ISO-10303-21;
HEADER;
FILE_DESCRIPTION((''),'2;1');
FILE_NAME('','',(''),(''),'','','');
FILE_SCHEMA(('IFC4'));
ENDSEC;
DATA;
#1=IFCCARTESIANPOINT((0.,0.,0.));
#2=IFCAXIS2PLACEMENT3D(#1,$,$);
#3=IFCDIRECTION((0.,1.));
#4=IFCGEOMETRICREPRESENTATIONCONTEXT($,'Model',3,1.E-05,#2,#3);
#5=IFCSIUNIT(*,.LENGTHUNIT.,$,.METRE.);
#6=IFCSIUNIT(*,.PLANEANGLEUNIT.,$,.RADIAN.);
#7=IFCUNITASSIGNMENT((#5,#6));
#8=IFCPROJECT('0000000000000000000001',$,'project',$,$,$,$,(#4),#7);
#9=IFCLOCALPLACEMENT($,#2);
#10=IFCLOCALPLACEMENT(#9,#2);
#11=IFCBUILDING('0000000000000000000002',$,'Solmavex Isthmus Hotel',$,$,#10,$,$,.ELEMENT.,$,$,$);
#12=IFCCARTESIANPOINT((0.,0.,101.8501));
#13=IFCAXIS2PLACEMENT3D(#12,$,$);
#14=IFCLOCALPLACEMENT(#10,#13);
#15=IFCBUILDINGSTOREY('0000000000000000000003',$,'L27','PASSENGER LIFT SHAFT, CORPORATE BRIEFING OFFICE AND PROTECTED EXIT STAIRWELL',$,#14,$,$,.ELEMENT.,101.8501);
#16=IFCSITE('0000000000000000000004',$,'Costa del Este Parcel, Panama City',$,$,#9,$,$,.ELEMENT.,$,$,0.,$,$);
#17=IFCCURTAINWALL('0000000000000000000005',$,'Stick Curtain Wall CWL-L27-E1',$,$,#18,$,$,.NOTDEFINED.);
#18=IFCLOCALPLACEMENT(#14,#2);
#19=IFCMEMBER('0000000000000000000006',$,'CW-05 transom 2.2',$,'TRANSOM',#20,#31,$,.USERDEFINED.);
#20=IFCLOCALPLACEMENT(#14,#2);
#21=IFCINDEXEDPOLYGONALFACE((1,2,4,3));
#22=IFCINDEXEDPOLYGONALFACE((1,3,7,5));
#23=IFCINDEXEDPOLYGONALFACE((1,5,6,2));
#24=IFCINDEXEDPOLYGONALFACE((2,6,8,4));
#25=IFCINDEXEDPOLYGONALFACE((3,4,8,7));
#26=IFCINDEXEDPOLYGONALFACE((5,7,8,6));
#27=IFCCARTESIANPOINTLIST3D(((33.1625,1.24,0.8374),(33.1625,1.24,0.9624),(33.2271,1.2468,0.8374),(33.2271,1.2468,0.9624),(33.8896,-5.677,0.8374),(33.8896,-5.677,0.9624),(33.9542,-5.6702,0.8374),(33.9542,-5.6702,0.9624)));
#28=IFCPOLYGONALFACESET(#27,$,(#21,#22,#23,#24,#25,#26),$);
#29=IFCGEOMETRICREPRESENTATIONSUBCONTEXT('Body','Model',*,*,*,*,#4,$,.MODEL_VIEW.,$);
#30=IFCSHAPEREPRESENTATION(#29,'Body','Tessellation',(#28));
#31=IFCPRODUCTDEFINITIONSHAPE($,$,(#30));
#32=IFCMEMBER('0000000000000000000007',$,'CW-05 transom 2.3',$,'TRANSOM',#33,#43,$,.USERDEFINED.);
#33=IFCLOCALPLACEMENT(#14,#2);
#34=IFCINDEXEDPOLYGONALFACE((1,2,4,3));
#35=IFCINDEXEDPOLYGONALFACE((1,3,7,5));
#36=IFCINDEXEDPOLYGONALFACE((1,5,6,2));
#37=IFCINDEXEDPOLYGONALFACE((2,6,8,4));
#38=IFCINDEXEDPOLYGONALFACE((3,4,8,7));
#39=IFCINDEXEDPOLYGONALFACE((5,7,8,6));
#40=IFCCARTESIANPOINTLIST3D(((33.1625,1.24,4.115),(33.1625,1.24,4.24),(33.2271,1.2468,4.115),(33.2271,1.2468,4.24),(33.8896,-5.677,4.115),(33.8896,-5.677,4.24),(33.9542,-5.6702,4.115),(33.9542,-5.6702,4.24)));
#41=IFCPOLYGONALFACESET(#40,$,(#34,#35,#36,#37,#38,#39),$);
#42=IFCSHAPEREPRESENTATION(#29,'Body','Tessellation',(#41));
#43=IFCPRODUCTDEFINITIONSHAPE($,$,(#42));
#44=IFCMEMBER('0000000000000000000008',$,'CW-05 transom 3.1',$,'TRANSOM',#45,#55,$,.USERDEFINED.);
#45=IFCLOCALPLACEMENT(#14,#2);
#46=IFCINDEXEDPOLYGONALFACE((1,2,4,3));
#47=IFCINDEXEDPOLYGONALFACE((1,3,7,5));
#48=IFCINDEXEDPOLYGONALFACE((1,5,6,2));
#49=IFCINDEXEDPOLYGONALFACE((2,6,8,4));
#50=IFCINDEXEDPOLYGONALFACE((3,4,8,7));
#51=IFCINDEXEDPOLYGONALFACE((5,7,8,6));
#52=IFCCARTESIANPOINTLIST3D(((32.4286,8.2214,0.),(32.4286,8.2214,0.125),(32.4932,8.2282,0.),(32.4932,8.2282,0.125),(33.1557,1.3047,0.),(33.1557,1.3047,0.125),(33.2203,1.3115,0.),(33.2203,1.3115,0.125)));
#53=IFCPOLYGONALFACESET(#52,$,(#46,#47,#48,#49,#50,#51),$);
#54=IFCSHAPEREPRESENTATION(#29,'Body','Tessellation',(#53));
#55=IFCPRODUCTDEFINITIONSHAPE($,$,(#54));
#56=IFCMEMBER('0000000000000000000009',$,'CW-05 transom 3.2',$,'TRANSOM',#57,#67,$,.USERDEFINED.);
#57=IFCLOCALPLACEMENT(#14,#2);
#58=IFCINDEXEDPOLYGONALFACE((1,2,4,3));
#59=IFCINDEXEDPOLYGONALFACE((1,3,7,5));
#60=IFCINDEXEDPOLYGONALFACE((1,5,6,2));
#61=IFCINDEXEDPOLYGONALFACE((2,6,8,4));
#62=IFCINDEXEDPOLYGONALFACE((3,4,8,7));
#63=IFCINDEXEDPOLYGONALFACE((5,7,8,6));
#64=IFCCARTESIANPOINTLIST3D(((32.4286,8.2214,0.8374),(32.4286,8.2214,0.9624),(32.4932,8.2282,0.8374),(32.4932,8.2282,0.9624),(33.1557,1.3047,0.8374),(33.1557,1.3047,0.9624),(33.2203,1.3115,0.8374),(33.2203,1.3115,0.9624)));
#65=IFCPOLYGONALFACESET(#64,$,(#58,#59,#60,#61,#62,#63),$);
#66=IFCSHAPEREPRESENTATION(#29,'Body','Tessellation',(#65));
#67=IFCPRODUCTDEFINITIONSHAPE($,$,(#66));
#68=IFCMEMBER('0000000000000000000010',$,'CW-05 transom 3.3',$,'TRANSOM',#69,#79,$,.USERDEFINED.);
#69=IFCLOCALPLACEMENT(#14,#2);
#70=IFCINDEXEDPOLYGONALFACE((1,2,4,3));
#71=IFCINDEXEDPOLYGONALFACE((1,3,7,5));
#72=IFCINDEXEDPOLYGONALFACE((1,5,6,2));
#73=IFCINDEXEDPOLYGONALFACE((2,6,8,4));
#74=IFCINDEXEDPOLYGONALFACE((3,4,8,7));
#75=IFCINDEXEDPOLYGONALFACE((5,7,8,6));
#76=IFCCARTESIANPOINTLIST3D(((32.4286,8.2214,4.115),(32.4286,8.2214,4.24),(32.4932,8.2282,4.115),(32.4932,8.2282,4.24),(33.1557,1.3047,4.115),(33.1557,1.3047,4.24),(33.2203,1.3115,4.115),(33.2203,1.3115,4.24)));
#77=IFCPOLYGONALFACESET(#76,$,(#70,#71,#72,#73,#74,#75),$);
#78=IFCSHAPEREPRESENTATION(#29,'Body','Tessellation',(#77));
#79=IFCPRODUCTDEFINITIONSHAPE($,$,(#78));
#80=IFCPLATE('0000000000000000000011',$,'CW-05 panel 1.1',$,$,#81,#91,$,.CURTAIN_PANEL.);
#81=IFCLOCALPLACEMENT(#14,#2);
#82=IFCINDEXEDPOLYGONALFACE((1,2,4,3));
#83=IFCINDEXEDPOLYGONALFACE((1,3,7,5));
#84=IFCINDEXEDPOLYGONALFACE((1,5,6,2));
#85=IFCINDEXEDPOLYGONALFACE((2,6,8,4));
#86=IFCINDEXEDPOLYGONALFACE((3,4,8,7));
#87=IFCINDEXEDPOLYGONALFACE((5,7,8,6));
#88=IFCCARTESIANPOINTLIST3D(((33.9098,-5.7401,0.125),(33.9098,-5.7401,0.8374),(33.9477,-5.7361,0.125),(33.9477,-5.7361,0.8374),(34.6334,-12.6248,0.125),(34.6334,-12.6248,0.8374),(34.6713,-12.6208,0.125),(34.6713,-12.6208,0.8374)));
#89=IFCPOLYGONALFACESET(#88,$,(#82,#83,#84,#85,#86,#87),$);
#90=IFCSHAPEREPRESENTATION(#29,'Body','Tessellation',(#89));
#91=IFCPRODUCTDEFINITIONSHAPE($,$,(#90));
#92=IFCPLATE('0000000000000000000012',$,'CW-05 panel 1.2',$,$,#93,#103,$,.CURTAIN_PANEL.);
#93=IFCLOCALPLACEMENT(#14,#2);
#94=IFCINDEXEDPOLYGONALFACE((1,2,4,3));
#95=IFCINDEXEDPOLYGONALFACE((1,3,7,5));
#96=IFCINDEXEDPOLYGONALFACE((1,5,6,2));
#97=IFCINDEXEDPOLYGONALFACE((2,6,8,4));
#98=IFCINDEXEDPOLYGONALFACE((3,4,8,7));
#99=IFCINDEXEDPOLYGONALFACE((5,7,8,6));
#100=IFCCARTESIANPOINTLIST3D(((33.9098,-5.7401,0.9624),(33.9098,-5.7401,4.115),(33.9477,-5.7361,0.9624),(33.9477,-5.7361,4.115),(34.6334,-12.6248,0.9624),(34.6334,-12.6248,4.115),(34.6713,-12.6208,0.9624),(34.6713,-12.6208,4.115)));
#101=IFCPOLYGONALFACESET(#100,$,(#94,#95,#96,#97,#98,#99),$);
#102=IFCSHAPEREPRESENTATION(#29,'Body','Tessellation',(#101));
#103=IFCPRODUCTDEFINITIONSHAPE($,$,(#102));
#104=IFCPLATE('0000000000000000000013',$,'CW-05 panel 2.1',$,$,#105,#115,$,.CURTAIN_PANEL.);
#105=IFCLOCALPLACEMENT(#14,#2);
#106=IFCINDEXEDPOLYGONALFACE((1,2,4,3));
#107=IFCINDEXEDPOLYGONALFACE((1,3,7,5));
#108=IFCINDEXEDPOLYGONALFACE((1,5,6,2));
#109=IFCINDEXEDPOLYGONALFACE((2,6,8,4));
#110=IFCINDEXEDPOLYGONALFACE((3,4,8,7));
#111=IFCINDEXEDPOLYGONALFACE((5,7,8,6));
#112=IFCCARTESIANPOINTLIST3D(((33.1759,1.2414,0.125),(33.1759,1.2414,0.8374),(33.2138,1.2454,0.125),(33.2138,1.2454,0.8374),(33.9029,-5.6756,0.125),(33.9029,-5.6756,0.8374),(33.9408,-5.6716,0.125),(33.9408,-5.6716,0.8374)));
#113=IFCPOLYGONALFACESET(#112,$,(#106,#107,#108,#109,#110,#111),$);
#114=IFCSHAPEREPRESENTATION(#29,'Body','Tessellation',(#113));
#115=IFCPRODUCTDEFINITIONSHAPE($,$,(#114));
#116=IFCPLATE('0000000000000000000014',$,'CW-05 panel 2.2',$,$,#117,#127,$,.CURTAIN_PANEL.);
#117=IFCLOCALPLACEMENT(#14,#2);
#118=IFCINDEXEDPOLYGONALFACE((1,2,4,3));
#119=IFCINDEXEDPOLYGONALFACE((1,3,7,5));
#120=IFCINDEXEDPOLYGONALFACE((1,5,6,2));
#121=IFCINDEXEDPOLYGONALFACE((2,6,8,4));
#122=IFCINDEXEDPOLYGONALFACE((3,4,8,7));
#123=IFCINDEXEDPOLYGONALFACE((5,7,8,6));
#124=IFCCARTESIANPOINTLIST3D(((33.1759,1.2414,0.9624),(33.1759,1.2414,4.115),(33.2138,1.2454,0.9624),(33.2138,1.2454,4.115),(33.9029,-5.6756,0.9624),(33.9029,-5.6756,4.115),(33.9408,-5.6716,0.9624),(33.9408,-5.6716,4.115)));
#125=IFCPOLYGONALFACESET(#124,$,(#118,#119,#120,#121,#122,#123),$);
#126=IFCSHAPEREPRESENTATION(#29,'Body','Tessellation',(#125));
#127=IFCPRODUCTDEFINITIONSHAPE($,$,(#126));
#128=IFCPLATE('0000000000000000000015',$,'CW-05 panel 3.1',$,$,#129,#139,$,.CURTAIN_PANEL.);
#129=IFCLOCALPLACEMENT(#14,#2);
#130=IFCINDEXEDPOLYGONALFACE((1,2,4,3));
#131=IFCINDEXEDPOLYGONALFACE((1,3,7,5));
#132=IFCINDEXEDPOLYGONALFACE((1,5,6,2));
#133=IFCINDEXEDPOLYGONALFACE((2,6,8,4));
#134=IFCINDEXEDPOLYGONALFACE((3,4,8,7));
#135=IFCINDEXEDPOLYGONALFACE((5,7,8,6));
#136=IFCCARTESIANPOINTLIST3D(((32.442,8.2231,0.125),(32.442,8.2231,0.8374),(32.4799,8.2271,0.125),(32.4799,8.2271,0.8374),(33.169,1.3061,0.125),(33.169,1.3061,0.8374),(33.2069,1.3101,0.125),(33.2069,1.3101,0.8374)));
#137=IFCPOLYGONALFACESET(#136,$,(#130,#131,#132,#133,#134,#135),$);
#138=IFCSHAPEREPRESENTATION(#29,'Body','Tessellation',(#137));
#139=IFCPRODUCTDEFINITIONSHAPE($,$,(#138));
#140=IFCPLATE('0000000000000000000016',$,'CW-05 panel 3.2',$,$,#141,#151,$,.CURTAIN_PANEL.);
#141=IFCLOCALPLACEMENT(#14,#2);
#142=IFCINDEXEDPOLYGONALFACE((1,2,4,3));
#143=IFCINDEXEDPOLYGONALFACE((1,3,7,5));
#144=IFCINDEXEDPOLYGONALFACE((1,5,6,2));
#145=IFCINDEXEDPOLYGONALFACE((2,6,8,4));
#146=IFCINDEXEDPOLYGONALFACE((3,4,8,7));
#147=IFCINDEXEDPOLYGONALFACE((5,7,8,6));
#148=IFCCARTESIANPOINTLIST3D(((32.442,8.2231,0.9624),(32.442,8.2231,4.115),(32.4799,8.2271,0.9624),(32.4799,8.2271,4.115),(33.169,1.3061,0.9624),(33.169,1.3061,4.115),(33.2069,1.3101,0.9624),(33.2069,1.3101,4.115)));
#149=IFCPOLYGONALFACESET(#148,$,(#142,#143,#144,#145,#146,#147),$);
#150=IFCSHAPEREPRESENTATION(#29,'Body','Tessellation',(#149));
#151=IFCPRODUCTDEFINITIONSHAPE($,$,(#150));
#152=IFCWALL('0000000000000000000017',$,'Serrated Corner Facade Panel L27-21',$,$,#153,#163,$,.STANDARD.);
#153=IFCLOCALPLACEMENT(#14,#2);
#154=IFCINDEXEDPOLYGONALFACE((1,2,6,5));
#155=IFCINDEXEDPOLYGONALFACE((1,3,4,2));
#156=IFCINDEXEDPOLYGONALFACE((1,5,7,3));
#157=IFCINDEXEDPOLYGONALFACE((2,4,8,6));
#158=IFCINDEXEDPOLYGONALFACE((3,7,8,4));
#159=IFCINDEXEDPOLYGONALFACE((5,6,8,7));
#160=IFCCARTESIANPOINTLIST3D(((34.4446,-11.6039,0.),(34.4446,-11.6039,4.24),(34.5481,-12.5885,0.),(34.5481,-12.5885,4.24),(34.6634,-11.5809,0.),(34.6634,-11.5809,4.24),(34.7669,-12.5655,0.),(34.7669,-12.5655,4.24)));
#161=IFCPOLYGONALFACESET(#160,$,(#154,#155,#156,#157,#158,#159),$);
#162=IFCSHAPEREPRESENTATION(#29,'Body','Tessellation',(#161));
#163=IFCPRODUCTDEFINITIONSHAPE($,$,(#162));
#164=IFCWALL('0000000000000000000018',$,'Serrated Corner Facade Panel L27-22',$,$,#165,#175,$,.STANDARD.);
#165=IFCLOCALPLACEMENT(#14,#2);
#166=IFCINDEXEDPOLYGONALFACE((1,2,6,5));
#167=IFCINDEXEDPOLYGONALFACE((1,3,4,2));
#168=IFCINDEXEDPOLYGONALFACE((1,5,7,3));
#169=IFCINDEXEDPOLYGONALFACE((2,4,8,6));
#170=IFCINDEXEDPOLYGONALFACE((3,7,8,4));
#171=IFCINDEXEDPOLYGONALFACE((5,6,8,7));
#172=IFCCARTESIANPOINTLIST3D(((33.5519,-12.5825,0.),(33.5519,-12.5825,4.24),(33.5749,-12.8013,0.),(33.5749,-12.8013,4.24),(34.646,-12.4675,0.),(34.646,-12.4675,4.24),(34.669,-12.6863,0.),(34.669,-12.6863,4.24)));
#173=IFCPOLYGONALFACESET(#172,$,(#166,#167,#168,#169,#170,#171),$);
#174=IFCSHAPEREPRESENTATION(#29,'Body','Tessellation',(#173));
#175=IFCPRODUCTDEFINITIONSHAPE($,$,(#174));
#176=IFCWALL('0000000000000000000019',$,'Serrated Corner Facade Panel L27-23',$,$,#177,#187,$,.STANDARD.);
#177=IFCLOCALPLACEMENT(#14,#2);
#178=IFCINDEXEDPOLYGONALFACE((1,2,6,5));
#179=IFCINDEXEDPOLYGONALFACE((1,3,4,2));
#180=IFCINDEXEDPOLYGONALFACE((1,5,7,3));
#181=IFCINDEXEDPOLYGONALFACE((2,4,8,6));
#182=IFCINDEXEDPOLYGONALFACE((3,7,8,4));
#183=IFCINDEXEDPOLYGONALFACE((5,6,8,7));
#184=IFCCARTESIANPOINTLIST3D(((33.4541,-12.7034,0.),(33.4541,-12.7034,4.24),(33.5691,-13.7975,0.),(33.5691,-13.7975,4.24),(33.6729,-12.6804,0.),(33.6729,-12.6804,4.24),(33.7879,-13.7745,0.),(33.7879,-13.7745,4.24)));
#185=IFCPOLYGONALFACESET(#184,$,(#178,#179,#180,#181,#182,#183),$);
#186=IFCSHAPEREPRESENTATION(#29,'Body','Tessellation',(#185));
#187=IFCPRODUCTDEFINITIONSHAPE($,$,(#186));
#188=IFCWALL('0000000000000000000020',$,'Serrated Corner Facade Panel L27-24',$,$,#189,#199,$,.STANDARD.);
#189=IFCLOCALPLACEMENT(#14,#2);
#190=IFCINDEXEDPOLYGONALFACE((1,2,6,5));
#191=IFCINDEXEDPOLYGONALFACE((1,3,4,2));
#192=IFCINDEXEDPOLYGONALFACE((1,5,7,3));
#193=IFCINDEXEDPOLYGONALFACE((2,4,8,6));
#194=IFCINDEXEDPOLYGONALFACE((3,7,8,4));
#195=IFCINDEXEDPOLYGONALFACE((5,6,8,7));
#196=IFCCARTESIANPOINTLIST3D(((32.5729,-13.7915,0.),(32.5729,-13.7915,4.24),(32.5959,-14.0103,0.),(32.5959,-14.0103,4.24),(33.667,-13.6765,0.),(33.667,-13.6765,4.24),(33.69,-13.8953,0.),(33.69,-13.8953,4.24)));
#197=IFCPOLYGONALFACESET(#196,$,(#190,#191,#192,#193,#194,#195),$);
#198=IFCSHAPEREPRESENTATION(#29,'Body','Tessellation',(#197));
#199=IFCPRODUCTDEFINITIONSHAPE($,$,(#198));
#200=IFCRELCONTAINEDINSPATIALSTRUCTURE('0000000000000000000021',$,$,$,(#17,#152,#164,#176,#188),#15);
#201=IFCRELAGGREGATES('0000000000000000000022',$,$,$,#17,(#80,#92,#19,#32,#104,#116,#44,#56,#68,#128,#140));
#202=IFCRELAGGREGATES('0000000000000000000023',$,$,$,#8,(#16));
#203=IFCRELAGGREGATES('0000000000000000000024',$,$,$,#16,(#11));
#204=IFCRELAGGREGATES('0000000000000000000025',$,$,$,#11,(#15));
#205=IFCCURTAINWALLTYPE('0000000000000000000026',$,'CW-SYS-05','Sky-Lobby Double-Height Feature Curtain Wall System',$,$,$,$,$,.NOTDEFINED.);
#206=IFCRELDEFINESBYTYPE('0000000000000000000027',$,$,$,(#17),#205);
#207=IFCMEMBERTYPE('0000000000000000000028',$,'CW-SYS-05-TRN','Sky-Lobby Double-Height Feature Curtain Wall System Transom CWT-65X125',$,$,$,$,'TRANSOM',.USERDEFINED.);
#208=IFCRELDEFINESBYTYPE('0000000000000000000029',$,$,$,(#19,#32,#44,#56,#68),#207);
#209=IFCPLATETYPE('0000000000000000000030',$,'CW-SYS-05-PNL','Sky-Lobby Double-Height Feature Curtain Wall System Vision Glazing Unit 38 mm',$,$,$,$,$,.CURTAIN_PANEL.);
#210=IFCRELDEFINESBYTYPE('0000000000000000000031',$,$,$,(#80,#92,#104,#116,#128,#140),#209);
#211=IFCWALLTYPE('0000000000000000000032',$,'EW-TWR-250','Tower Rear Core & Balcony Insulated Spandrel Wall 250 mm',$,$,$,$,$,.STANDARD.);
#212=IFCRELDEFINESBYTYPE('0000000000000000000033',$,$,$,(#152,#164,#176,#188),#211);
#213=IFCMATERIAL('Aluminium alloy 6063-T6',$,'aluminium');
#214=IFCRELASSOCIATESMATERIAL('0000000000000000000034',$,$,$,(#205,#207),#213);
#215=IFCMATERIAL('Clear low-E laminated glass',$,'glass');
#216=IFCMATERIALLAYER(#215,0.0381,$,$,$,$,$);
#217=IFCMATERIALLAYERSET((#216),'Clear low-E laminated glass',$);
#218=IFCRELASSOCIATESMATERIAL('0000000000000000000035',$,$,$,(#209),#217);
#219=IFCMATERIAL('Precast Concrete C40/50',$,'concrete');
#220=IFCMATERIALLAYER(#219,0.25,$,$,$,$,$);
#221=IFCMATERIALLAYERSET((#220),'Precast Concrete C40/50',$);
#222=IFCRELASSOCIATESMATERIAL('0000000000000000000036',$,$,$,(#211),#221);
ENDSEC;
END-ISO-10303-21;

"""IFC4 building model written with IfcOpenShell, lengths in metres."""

from ifc_helpers import new_model, si_unit, direction, frame, frame_2d, origin, origin_2d, place, context, subcontext, project, spatial, rectangle, extrude, material, layer, layer_set, material_profile, profile_set, type_object, element, aggregate, save


model = new_model("IFC4")

# Units and contexts
model_context = context("Model", 3, precision=1e-05, world=origin(), true_north=direction((0.0, 1.0)))
body_context = subcontext(model_context, "Body", "Model", "MODEL_VIEW")
ifc_project = project(units=[si_unit("LENGTHUNIT", "METRE"), si_unit("PLANEANGLEUNIT", "RADIAN")], contexts=[model_context])

# Site, building, storey
site_placement = place(None, origin())
site = spatial("IfcSite", under=ifc_project, at=site_placement, Name="Costa del Este Parcel, Panama City", CompositionType="ELEMENT", RefElevation=0.0)
building_placement = place(site_placement, origin())
building = spatial("IfcBuilding", under=site, at=building_placement, Name="Solmavex Isthmus Hotel", CompositionType="ELEMENT")
storey_placement = place(building_placement, frame((0.0, 0.0, 101.8501)))
storey = spatial("IfcBuildingStorey", under=building, at=storey_placement, Name="L27", Description="PASSENGER LIFT SHAFT, CORPORATE BRIEFING OFFICE AND PROTECTED EXIT STAIRWELL", CompositionType="ELEMENT", Elevation=101.8501)

# Curtain wall, members, plates
ifc_material_1 = material(Name="Aluminium alloy 6063-T6", Category="aluminium")
curtain_wall_type = type_object("IfcCurtainWallType", Name="CW-SYS-05", Description="Sky-Lobby Double-Height Feature Curtain Wall System", PredefinedType="NOTDEFINED", material=ifc_material_1)
curtain_wall_placement = place(storey_placement, origin())
curtain_wall = element("IfcCurtainWall", 1, at=curtain_wall_placement, inside=storey, type_object=curtain_wall_type, Name="Stick Curtain Wall CWL-L27-E1", PredefinedType="NOTDEFINED")
ifc_material_profile_1 = material_profile(ifc_material_1, rectangle(XDim=0.0649, YDim=0.125, at=origin_2d()), Name="CWT-65X125")
ifc_profile_set_1 = profile_set([ifc_material_profile_1], Name="Aluminium alloy 6063-T6")
member_type_1 = type_object("IfcMemberType", Name="CW-SYS-05-TRN", Description="Sky-Lobby Double-Height Feature Curtain Wall System Transom CWT-65X125", ElementType="TRANSOM", PredefinedType="USERDEFINED", material=ifc_profile_set_1)
member_1_placement = place(storey_placement, frame((33.9219, -5.6736, 0.8999), z_axis=(-0.104535, 0.994521, 0.0), x_axis=(-0.994521, -0.104535, 0.0)))
member_1 = element("IfcMember", 2, at=member_1_placement, type_object=member_type_1, Name="CW-05 transom 2.2", ObjectType="TRANSOM", PredefinedType="USERDEFINED", context=body_context, shape_type="SweptSolid", body=[
    extrude(rectangle(XDim=0.0649, YDim=0.125, at=origin_2d()), origin(), (0.0, 0.0, 1.0), 6.9551),
])
member_2_placement = place(storey_placement, frame((33.9219, -5.6736, 4.1775), z_axis=(-0.104535, 0.994521, 0.0), x_axis=(-0.994521, -0.104535, 0.0)))
member_2 = element("IfcMember", 3, at=member_2_placement, type_object=member_type_1, Name="CW-05 transom 2.3", ObjectType="TRANSOM", PredefinedType="USERDEFINED", context=body_context, shape_type="SweptSolid", body=[
    extrude(rectangle(XDim=0.0649, YDim=0.125, at=origin_2d()), origin(), (0.0, 0.0, 1.0), 6.9551),
])
member_3_placement = place(storey_placement, frame((33.188, 1.3081, 0.0625), z_axis=(-0.104539, 0.994521, 0.0), x_axis=(-0.994521, -0.104539, 0.0)))
member_3 = element("IfcMember", 4, at=member_3_placement, type_object=member_type_1, Name="CW-05 transom 3.1", ObjectType="TRANSOM", PredefinedType="USERDEFINED", context=body_context, shape_type="SweptSolid", body=[
    extrude(rectangle(XDim=0.0649, YDim=0.125, at=origin_2d()), origin(), (0.0, 0.0, 1.0), 6.9548),
])
member_4_placement = place(storey_placement, frame((33.188, 1.3081, 0.8999), z_axis=(-0.104539, 0.994521, 0.0), x_axis=(-0.994521, -0.104539, 0.0)))
member_4 = element("IfcMember", 5, at=member_4_placement, type_object=member_type_1, Name="CW-05 transom 3.2", ObjectType="TRANSOM", PredefinedType="USERDEFINED", context=body_context, shape_type="SweptSolid", body=[
    extrude(rectangle(XDim=0.0649, YDim=0.125, at=origin_2d()), origin(), (0.0, 0.0, 1.0), 6.9548),
])
member_5_placement = place(storey_placement, frame((33.188, 1.3081, 4.1775), z_axis=(-0.104539, 0.994521, 0.0), x_axis=(-0.994521, -0.104539, 0.0)))
member_5 = element("IfcMember", 6, at=member_5_placement, type_object=member_type_1, Name="CW-05 transom 3.3", ObjectType="TRANSOM", PredefinedType="USERDEFINED", context=body_context, shape_type="SweptSolid", body=[
    extrude(rectangle(XDim=0.0649, YDim=0.125, at=origin_2d()), origin(), (0.0, 0.0, 1.0), 6.9548),
])
ifc_material_2 = material(Name="Clear low-E laminated glass", Category="glass")
ifc_layer_1 = layer(ifc_material_2, 0.0381)
ifc_layer_set_1 = layer_set([ifc_layer_1], Name="Clear low-E laminated glass")
plate_type = type_object("IfcPlateType", Name="CW-SYS-05-PNL", Description="Sky-Lobby Double-Height Feature Curtain Wall System Vision Glazing Unit 38 mm", PredefinedType="CURTAIN_PANEL", material=ifc_layer_set_1)
plate_1_placement = place(storey_placement, frame((34.2905, -9.1804, 0.125), z_axis=(0.0, 0.0, 1.0), x_axis=(-0.104528, 0.994522, 0.0)))
plate_1 = element("IfcPlate", 7, at=plate_1_placement, type_object=plate_type, Name="CW-05 panel 1.1", PredefinedType="CURTAIN_PANEL", context=body_context, shape_type="SweptSolid", body=[
    extrude(rectangle(XDim=6.9226, YDim=0.0381, at=origin_2d()), origin(), (0.0, 0.0, 1.0), 0.7124),
])
plate_2_placement = place(storey_placement, frame((34.2905, -9.1804, 0.9624), z_axis=(0.0, 0.0, 1.0), x_axis=(-0.104528, 0.994522, 0.0)))
plate_2 = element("IfcPlate", 8, at=plate_2_placement, type_object=plate_type, Name="CW-05 panel 1.2", PredefinedType="CURTAIN_PANEL", context=body_context, shape_type="SweptSolid", body=[
    extrude(rectangle(XDim=6.9226, YDim=0.0381, at=origin_2d()), origin(), (0.0, 0.0, 1.0), 3.1526),
])
plate_3_placement = place(storey_placement, frame((33.5583, -2.2151, 0.125), z_axis=(0.0, 0.0, 1.0), x_axis=(-0.104528, 0.994522, 0.0)))
plate_3 = element("IfcPlate", 9, at=plate_3_placement, type_object=plate_type, Name="CW-05 panel 2.1", PredefinedType="CURTAIN_PANEL", context=body_context, shape_type="SweptSolid", body=[
    extrude(rectangle(XDim=6.9551, YDim=0.0381, at=origin_2d()), origin(), (0.0, 0.0, 1.0), 0.7124),
])
plate_4_placement = place(storey_placement, frame((33.5583, -2.2151, 0.9624), z_axis=(0.0, 0.0, 1.0), x_axis=(-0.104528, 0.994522, 0.0)))
plate_4 = element("IfcPlate", 10, at=plate_4_placement, type_object=plate_type, Name="CW-05 panel 2.2", PredefinedType="CURTAIN_PANEL", context=body_context, shape_type="SweptSolid", body=[
    extrude(rectangle(XDim=6.9551, YDim=0.0381, at=origin_2d()), origin(), (0.0, 0.0, 1.0), 3.1526),
])
plate_5_placement = place(storey_placement, frame((32.8245, 4.7666, 0.125), z_axis=(0.0, 0.0, 1.0), x_axis=(-0.104528, 0.994522, 0.0)))
plate_5 = element("IfcPlate", 11, at=plate_5_placement, type_object=plate_type, Name="CW-05 panel 3.1", PredefinedType="CURTAIN_PANEL", context=body_context, shape_type="SweptSolid", body=[
    extrude(rectangle(XDim=6.9551, YDim=0.0381, at=origin_2d()), origin(), (0.0, 0.0, 1.0), 0.7124),
])
plate_6_placement = place(storey_placement, frame((32.8245, 4.7666, 0.9624), z_axis=(0.0, 0.0, 1.0), x_axis=(-0.104528, 0.994522, 0.0)))
plate_6 = element("IfcPlate", 12, at=plate_6_placement, type_object=plate_type, Name="CW-05 panel 3.2", PredefinedType="CURTAIN_PANEL", context=body_context, shape_type="SweptSolid", body=[
    extrude(rectangle(XDim=6.9551, YDim=0.0381, at=origin_2d()), origin(), (0.0, 0.0, 1.0), 3.1526),
])
aggregate(curtain_wall, [plate_1, plate_2, member_1, member_2, plate_3, plate_4, member_3, member_4, member_5, plate_5, plate_6])

# Walls
ifc_material_3 = material(Name="Precast Concrete C40/50", Category="concrete")
ifc_layer_2 = layer(ifc_material_3, 0.25)
ifc_layer_set_2 = layer_set([ifc_layer_2], Name="Precast Concrete C40/50")
wall_type_1 = type_object("IfcWallType", Name="EW-TWR-250", Description="Tower Rear Core & Balcony Insulated Spandrel Wall 250 mm", PredefinedType="STANDARD", material=ifc_layer_set_2)
wall_1_placement = place(storey_placement, frame((34.554, -11.5923, 0.0), z_axis=(0.0, 0.0, 1.0), x_axis=(0.104556, -0.994519, 0.0)))
element("IfcWall", 13, at=wall_1_placement, inside=storey, type_object=wall_type_1, Name="Serrated Corner Facade Panel L27-21", PredefinedType="STANDARD", context=body_context, shape_type="SweptSolid", body=[
    extrude(rectangle(XDim=0.99, YDim=0.22, at=frame_2d((0.4951, 0.0))), origin(), (0.0, 0.0, 1.0), 4.24),
])
for number, where, z_axis, x_axis, name in (
    (14, (34.6575, -12.5769, 0.0), (0.0, 0.0, 1.0), (-0.994521, -0.104535, 0.0), "Serrated Corner Facade Panel L27-22"),
    (15, (33.5635, -12.6919, 0.0), (0.0, 0.0, 1.0), (0.104535, -0.994521, 0.0), "Serrated Corner Facade Panel L27-23"),
    (16, (33.6785, -13.7859, 0.0), (0.0, 0.0, 1.0), (-0.994521, -0.104535, 0.0), "Serrated Corner Facade Panel L27-24"),
):
    element("IfcWall", number, at=place(storey_placement, frame(where, z_axis=z_axis, x_axis=x_axis)), inside=storey, type_object=wall_type_1, Name=name, PredefinedType="STANDARD", context=body_context, shape_type="SweptSolid", body=[
        extrude(rectangle(XDim=1.1001, YDim=0.22, at=frame_2d((0.55, 0.0))), origin(), (0.0, 0.0, 1.0), 4.24),
    ])

save(model, "model.ifc")
